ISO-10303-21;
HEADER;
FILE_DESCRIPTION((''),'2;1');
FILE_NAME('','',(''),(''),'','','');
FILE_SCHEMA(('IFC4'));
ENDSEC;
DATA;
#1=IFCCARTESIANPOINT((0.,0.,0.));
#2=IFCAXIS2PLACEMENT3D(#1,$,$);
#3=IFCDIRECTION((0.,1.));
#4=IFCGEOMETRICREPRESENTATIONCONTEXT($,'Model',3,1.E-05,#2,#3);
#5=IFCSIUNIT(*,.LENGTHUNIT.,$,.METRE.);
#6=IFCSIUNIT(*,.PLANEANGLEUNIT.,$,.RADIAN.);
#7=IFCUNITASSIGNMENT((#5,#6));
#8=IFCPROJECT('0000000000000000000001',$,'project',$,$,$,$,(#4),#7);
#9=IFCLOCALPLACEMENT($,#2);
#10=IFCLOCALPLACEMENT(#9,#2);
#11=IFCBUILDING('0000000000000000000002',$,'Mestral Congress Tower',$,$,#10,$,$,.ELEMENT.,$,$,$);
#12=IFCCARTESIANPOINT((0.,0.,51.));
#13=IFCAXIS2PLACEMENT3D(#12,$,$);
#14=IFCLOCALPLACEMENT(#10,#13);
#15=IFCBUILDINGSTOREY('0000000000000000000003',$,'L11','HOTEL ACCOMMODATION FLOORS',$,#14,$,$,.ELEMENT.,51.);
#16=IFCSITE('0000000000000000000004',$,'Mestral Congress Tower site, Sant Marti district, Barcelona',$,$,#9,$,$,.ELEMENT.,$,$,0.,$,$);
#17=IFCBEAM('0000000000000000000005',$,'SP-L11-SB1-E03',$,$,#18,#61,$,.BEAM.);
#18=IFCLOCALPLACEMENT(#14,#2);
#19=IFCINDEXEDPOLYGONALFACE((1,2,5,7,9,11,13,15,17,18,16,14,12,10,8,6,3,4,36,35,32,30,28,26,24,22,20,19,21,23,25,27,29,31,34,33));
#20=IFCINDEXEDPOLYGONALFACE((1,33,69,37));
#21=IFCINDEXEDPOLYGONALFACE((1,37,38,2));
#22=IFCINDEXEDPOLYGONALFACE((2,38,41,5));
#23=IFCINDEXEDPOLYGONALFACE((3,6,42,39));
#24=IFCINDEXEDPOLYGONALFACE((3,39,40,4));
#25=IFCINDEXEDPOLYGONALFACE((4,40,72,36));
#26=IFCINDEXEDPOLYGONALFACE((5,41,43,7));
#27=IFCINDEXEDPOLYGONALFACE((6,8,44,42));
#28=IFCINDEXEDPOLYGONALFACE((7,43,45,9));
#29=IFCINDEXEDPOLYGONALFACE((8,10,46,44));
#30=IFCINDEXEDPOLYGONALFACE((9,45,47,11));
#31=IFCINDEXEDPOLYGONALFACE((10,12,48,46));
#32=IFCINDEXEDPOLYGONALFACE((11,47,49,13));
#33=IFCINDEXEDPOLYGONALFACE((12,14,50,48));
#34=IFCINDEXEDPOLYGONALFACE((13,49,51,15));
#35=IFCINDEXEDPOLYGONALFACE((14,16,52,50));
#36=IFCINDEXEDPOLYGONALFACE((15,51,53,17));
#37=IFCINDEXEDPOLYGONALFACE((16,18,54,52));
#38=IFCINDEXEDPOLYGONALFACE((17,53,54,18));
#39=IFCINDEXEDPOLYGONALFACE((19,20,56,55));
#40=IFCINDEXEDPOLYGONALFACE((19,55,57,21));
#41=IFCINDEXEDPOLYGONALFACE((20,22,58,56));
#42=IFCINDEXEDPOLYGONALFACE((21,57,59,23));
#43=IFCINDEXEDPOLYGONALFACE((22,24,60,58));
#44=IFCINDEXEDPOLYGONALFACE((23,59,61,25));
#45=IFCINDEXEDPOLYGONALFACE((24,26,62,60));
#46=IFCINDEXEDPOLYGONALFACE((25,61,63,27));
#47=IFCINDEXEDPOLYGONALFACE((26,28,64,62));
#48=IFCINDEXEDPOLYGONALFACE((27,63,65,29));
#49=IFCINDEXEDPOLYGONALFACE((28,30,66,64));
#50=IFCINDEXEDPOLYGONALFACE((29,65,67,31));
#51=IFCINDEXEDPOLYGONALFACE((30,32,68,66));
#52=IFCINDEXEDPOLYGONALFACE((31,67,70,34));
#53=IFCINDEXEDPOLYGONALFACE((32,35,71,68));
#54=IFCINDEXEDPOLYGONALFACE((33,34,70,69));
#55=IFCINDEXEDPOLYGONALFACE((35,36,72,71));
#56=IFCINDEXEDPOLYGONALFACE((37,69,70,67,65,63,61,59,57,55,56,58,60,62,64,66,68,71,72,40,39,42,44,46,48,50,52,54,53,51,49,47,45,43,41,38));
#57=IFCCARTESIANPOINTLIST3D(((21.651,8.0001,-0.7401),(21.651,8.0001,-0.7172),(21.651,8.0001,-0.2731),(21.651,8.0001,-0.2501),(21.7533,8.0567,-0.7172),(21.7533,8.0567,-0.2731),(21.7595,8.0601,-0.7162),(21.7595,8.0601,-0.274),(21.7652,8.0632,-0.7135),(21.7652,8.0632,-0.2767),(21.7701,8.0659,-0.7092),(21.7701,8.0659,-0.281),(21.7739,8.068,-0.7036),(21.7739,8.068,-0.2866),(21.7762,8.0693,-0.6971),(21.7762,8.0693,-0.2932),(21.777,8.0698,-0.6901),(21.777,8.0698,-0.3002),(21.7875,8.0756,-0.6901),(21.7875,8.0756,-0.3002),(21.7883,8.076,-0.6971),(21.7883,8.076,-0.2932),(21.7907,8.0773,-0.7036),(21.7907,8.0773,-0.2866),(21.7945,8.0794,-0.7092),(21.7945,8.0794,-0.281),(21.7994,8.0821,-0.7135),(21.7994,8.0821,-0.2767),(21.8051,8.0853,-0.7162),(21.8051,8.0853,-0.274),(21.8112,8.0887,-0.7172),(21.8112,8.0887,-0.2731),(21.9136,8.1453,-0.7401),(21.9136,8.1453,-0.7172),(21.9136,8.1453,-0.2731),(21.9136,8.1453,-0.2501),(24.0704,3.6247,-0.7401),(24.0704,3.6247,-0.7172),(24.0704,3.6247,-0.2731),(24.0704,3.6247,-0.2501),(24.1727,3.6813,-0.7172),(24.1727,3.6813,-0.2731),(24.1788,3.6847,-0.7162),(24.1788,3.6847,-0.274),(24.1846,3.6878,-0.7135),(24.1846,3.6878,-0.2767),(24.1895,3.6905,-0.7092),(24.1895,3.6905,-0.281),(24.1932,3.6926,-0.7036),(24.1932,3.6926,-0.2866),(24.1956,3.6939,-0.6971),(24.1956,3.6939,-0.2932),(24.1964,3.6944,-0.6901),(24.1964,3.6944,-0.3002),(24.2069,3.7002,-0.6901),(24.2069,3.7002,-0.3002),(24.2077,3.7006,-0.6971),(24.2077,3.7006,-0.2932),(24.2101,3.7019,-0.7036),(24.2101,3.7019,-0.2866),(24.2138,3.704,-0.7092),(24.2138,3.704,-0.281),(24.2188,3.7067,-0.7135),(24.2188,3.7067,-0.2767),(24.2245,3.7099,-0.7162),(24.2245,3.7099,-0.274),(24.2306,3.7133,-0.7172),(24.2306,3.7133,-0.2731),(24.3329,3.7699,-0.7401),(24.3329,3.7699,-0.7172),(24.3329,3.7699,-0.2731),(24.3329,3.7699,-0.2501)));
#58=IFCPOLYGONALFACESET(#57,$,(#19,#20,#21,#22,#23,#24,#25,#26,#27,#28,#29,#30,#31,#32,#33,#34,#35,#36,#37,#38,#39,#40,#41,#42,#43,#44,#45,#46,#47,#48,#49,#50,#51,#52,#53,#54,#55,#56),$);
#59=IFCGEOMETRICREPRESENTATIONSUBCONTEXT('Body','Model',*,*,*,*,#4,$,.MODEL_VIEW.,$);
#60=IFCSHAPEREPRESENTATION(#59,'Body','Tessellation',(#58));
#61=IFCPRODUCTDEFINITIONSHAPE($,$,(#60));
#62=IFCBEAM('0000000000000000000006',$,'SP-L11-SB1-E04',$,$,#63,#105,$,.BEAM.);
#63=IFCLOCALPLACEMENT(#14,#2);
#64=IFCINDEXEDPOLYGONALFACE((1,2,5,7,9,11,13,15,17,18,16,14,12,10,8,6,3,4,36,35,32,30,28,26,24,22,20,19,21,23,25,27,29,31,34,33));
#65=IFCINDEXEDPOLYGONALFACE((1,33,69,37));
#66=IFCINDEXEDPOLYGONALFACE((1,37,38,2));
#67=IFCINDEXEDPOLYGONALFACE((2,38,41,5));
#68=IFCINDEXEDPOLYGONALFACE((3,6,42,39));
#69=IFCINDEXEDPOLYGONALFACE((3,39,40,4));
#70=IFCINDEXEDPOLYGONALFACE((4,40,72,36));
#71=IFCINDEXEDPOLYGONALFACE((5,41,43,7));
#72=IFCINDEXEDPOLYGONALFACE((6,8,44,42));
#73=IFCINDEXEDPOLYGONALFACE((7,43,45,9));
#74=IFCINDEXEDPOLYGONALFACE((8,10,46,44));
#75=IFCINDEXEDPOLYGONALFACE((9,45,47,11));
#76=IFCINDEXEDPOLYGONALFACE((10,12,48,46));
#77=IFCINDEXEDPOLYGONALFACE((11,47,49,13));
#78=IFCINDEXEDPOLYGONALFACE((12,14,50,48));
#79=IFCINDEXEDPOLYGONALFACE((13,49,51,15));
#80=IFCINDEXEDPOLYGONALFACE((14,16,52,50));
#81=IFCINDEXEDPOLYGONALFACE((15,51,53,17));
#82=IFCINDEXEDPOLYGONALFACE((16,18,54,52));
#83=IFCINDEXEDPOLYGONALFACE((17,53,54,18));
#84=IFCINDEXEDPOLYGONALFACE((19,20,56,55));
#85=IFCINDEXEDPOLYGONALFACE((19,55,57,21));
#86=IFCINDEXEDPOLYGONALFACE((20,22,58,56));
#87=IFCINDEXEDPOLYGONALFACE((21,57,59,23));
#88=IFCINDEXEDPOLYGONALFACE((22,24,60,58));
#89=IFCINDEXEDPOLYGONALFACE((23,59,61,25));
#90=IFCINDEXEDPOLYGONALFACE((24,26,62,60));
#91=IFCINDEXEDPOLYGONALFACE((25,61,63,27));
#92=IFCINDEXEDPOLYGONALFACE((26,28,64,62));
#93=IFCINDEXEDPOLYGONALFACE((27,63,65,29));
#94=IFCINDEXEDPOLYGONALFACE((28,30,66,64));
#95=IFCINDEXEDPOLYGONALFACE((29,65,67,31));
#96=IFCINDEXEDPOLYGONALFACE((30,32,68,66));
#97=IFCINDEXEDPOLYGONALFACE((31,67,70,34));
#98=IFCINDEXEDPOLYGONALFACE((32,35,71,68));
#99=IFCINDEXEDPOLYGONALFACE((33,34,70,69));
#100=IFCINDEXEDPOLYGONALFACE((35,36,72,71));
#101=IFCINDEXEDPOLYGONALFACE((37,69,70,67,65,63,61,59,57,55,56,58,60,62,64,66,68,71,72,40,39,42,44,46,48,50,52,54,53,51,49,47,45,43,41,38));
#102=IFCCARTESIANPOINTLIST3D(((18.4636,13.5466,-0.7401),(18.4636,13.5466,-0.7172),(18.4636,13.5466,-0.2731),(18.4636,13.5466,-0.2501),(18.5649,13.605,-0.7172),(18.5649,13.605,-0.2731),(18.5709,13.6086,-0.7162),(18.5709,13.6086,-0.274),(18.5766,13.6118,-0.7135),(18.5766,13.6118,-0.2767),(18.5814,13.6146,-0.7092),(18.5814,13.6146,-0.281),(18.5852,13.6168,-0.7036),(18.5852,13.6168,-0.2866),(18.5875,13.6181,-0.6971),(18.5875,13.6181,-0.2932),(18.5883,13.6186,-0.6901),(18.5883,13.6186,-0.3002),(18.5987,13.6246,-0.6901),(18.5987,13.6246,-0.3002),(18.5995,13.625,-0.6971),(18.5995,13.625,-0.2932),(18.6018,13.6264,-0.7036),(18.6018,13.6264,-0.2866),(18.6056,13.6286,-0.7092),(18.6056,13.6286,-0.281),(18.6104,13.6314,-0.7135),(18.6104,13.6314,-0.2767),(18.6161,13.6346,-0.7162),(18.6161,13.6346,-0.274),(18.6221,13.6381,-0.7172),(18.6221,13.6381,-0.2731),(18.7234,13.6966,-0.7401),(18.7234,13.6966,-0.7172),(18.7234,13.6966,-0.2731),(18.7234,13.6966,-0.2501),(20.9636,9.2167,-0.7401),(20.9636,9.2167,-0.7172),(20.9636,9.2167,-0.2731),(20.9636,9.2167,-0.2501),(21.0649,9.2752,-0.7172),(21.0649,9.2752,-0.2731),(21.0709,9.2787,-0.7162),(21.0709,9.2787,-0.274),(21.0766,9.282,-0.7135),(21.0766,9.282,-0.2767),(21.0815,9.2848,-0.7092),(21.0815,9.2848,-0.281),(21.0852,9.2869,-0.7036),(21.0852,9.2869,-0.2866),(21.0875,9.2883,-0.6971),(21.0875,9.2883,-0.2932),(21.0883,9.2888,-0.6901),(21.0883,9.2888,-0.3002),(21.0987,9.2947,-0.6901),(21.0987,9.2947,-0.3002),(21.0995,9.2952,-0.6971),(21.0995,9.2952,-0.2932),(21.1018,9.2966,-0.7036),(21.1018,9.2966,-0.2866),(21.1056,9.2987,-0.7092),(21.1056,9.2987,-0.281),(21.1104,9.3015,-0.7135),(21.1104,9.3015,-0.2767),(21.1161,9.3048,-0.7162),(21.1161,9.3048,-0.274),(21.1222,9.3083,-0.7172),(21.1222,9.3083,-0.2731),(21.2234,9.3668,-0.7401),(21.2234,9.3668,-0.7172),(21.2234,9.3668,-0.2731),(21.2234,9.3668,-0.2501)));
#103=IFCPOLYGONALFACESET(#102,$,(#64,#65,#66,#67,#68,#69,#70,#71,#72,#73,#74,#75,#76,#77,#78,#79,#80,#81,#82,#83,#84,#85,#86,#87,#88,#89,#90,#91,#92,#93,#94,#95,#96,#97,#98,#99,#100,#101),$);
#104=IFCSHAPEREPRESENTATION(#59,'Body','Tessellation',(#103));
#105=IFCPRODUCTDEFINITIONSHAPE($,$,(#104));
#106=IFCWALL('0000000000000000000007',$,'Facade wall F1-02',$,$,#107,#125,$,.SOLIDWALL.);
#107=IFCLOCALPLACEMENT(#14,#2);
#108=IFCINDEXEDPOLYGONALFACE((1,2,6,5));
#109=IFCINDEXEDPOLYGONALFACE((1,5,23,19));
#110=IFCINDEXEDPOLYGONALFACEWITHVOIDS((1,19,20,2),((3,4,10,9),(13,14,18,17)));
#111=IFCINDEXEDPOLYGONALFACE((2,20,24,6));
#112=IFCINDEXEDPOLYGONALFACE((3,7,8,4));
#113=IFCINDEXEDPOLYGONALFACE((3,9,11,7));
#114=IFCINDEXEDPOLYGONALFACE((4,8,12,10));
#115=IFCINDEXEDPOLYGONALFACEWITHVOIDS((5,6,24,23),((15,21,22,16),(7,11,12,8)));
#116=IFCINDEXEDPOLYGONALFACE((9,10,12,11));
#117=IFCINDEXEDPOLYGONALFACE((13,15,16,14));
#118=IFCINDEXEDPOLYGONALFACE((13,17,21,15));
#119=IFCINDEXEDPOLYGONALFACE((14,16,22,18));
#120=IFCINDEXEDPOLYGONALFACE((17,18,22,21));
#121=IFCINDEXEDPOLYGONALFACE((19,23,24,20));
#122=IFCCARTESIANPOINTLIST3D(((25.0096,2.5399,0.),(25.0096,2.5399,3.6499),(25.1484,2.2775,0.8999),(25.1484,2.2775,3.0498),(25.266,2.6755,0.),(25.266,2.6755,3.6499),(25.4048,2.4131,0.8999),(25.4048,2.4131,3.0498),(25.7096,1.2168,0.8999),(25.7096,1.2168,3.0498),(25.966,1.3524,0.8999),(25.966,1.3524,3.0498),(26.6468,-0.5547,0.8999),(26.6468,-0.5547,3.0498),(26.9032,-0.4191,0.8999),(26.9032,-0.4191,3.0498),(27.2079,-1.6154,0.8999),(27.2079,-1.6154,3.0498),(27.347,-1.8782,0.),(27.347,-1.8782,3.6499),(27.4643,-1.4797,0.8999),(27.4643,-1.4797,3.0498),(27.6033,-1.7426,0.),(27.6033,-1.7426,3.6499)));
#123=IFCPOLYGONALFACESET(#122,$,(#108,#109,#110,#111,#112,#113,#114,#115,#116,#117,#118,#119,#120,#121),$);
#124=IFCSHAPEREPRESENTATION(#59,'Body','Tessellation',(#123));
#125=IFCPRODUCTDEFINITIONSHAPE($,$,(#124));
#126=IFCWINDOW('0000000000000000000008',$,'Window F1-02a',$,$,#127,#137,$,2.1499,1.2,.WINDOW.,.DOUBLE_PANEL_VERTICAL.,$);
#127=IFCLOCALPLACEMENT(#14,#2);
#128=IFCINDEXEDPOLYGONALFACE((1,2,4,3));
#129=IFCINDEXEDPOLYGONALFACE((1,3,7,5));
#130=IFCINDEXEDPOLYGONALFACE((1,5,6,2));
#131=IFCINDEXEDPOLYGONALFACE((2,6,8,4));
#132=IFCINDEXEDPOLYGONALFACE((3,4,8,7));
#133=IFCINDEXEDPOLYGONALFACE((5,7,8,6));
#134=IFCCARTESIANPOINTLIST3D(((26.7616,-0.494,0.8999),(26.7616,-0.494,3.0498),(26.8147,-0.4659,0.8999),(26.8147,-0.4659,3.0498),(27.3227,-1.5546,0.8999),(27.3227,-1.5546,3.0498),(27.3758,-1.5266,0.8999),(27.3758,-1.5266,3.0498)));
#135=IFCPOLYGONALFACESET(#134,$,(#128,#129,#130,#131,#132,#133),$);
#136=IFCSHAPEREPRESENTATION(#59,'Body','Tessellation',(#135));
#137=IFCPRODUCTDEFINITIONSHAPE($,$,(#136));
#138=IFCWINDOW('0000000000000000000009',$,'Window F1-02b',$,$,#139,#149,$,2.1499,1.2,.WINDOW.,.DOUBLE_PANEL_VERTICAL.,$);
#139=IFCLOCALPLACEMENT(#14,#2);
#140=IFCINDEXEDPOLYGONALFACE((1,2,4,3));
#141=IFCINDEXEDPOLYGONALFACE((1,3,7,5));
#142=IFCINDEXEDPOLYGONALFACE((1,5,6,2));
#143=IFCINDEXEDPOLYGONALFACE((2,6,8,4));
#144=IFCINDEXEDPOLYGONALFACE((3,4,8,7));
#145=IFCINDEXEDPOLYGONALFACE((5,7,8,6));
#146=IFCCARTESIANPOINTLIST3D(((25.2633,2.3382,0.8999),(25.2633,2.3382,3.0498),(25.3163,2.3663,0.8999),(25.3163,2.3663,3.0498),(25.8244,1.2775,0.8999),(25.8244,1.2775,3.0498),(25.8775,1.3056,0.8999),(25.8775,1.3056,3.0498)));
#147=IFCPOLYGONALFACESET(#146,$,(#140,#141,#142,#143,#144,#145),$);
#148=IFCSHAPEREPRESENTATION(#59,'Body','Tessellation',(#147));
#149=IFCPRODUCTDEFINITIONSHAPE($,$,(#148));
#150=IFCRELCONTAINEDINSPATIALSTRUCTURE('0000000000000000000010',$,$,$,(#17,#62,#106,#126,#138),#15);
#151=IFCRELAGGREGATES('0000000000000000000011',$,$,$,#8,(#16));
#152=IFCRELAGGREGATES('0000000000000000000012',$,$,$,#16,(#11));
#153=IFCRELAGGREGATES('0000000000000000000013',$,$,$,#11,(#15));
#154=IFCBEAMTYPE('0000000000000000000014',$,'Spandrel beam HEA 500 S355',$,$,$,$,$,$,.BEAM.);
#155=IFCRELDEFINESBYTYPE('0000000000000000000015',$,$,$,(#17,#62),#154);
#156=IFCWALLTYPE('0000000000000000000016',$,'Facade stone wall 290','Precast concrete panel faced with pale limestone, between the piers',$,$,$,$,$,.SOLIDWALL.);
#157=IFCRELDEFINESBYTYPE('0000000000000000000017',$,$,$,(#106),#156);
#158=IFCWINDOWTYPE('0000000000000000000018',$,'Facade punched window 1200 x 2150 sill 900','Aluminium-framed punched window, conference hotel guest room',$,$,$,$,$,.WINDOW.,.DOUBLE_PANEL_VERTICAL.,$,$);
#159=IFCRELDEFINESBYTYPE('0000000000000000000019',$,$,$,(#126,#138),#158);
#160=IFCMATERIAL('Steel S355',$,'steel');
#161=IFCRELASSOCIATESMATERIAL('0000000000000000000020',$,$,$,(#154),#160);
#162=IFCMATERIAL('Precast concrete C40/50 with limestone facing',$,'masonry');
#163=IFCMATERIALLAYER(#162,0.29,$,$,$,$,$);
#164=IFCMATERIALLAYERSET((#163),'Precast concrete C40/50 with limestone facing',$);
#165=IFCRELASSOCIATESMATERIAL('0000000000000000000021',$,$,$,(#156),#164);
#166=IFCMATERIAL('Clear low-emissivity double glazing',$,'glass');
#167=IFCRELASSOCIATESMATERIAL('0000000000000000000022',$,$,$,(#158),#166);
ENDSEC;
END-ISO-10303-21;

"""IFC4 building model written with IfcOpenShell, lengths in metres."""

from ifc_helpers import new_model, si_unit, direction, frame, frame_2d, origin, origin_2d, place, context, subcontext, project, spatial, rectangle, i_section, extrude, material, layer, layer_set, material_profile, profile_set, type_object, element, fill, save


model = new_model("IFC4")

# Units and contexts
model_context = context("Model", 3, precision=1e-05, world=origin(), true_north=direction((0.0, 1.0)))
body_context = subcontext(model_context, "Body", "Model", "MODEL_VIEW")
ifc_project = project(units=[si_unit("LENGTHUNIT", "METRE"), si_unit("PLANEANGLEUNIT", "RADIAN")], contexts=[model_context])

# Site, building, storey
site_placement = place(None, origin())
site = spatial("IfcSite", under=ifc_project, at=site_placement, Name="Mestral Congress Tower site, Sant Marti district, Barcelona", CompositionType="ELEMENT", RefElevation=0.0)
building_placement = place(site_placement, origin())
building = spatial("IfcBuilding", under=site, at=building_placement, Name="Mestral Congress Tower", CompositionType="ELEMENT")
storey_placement = place(building_placement, frame((0.0, 0.0, 51.0)))
storey = spatial("IfcBuildingStorey", under=building, at=storey_placement, Name="L11", Description="HOTEL ACCOMMODATION FLOORS", CompositionType="ELEMENT", Elevation=51.0)

# Beams
ifc_material_1 = material(Name="Steel S355", Category="steel")
ifc_material_profile_1 = material_profile(ifc_material_1, i_section(OverallWidth=0.3, OverallDepth=0.49, WebThickness=0.012, FlangeThickness=0.0229, FilletRadius=0.0271, at=origin_2d()), Name="HEA 500")
ifc_profile_set_1 = profile_set([ifc_material_profile_1], Name="Steel S355")
beam_type_1 = type_object("IfcBeamType", Name="Spandrel beam HEA 500 S355", PredefinedType="BEAM", material=ifc_profile_set_1)
for number, where, z_axis, x_axis, name in (
    (1, (24.2017, 3.6973, -0.4951), (-0.483901, 0.875123, 0.0), (-0.875123, -0.483901, 0.0), "SP-L11-SB1-E03"),
    (2, (21.0935, 9.2917, -0.4951), (-0.500025, 0.866011, 0.0), (-0.866011, -0.500025, 0.0), "SP-L11-SB1-E04"),
):
    element("IfcBeam", number, at=place(storey_placement, frame(where, z_axis=z_axis, x_axis=x_axis)), inside=storey, type_object=beam_type_1, Name=name, PredefinedType="BEAM", context=body_context, shape_type="SweptSolid", body=[
        extrude(i_section(OverallWidth=0.3, OverallDepth=0.49, WebThickness=0.012, FlangeThickness=0.0229, FilletRadius=0.0271, at=origin_2d()), origin(), (0.0, 0.0, 1.0), 4.9998),
    ])

# Wall, openings, windows
ifc_material_2 = material(Name="Precast concrete C40/50 with limestone facing", Category="masonry")
ifc_layer_1 = layer(ifc_material_2, 0.29)
ifc_layer_set_1 = layer_set([ifc_layer_1], Name="Precast concrete C40/50 with limestone facing")
wall_type_1 = type_object("IfcWallType", Name="Facade stone wall 290", Description="Precast concrete panel faced with pale limestone, between the piers", PredefinedType="SOLIDWALL", material=ifc_layer_set_1)
wall_1_placement = place(storey_placement, frame((27.4751, -1.8103, 0.0), z_axis=(0.0, 0.0, 1.0), x_axis=(-0.46763, 0.883925, 0.0)))
wall_1 = element("IfcWall", 3, at=wall_1_placement, inside=storey, type_object=wall_type_1, Name="Facade wall F1-02", PredefinedType="SOLIDWALL", context=body_context, shape_type="SweptSolid", body=[
    extrude(rectangle(XDim=4.9983, YDim=0.29, at=frame_2d((2.499, 0.0))), origin(), (0.0, 0.0, 1.0), 3.6499),
])
opening_1_placement = place(wall_1_placement, frame((0.2971, 0.0, 0.8999)))
opening_1 = element("IfcOpeningElement", 4, at=opening_1_placement, cuts=wall_1, PredefinedType="OPENING", context=body_context, shape_type="SweptSolid", body=[
    extrude(rectangle(XDim=1.2, YDim=2.1499, at=frame_2d((0.6001, 1.075))), frame((0.0, 0.155, 0.0), z_axis=(0.0, -1.0, 0.0), x_axis=(1.0, 0.0, 0.0)), (0.0, 0.0, 1.0), 0.3101),
])
opening_2_placement = place(wall_1_placement, frame((3.5012, 0.0, 0.8999)))
opening_2 = element("IfcOpeningElement", 5, at=opening_2_placement, cuts=wall_1, PredefinedType="OPENING", context=body_context, shape_type="SweptSolid", body=[
    extrude(rectangle(XDim=1.2, YDim=2.1499, at=frame_2d((0.6001, 1.075))), frame((0.0, 0.155, 0.0), z_axis=(0.0, -1.0, 0.0), x_axis=(1.0, 0.0, 0.0)), (0.0, 0.0, 1.0), 0.3101),
])
ifc_material_3 = material(Name="Clear low-emissivity double glazing", Category="glass")
window_type = type_object("IfcWindowType", Name="Facade punched window 1200 x 2150 sill 900", Description="Aluminium-framed punched window, conference hotel guest room", PartitioningType="DOUBLE_PANEL_VERTICAL", PredefinedType="WINDOW", material=ifc_material_3)
window_1_placement = place(opening_1_placement, origin())
window_1 = element("IfcWindow", 6, at=window_1_placement, inside=storey, type_object=window_type, Name="Window F1-02a", OverallHeight=2.1499, OverallWidth=1.2, PartitioningType="DOUBLE_PANEL_VERTICAL", PredefinedType="WINDOW", context=body_context, shape_type="SweptSolid", body=[
    extrude(rectangle(XDim=1.2, YDim=2.1499, at=frame_2d((0.6001, 1.075))), frame((0.0, 0.0151, 0.0), z_axis=(0.0, -1.0, 0.0), x_axis=(1.0, 0.0, 0.0)), (0.0, 0.0, 1.0), 0.0601),
])
fill(opening_1, window_1)
window_2_placement = place(opening_2_placement, origin())
window_2 = element("IfcWindow", 7, at=window_2_placement, inside=storey, type_object=window_type, Name="Window F1-02b", OverallHeight=2.1499, OverallWidth=1.2, PartitioningType="DOUBLE_PANEL_VERTICAL", PredefinedType="WINDOW", context=body_context, shape_type="SweptSolid", body=[
    extrude(rectangle(XDim=1.2, YDim=2.1499, at=frame_2d((0.6001, 1.075))), frame((0.0, 0.0151, 0.0), z_axis=(0.0, -1.0, 0.0), x_axis=(1.0, 0.0, 0.0)), (0.0, 0.0, 1.0), 0.0601),
])
fill(opening_2, window_2)

save(model, "model.ifc")
